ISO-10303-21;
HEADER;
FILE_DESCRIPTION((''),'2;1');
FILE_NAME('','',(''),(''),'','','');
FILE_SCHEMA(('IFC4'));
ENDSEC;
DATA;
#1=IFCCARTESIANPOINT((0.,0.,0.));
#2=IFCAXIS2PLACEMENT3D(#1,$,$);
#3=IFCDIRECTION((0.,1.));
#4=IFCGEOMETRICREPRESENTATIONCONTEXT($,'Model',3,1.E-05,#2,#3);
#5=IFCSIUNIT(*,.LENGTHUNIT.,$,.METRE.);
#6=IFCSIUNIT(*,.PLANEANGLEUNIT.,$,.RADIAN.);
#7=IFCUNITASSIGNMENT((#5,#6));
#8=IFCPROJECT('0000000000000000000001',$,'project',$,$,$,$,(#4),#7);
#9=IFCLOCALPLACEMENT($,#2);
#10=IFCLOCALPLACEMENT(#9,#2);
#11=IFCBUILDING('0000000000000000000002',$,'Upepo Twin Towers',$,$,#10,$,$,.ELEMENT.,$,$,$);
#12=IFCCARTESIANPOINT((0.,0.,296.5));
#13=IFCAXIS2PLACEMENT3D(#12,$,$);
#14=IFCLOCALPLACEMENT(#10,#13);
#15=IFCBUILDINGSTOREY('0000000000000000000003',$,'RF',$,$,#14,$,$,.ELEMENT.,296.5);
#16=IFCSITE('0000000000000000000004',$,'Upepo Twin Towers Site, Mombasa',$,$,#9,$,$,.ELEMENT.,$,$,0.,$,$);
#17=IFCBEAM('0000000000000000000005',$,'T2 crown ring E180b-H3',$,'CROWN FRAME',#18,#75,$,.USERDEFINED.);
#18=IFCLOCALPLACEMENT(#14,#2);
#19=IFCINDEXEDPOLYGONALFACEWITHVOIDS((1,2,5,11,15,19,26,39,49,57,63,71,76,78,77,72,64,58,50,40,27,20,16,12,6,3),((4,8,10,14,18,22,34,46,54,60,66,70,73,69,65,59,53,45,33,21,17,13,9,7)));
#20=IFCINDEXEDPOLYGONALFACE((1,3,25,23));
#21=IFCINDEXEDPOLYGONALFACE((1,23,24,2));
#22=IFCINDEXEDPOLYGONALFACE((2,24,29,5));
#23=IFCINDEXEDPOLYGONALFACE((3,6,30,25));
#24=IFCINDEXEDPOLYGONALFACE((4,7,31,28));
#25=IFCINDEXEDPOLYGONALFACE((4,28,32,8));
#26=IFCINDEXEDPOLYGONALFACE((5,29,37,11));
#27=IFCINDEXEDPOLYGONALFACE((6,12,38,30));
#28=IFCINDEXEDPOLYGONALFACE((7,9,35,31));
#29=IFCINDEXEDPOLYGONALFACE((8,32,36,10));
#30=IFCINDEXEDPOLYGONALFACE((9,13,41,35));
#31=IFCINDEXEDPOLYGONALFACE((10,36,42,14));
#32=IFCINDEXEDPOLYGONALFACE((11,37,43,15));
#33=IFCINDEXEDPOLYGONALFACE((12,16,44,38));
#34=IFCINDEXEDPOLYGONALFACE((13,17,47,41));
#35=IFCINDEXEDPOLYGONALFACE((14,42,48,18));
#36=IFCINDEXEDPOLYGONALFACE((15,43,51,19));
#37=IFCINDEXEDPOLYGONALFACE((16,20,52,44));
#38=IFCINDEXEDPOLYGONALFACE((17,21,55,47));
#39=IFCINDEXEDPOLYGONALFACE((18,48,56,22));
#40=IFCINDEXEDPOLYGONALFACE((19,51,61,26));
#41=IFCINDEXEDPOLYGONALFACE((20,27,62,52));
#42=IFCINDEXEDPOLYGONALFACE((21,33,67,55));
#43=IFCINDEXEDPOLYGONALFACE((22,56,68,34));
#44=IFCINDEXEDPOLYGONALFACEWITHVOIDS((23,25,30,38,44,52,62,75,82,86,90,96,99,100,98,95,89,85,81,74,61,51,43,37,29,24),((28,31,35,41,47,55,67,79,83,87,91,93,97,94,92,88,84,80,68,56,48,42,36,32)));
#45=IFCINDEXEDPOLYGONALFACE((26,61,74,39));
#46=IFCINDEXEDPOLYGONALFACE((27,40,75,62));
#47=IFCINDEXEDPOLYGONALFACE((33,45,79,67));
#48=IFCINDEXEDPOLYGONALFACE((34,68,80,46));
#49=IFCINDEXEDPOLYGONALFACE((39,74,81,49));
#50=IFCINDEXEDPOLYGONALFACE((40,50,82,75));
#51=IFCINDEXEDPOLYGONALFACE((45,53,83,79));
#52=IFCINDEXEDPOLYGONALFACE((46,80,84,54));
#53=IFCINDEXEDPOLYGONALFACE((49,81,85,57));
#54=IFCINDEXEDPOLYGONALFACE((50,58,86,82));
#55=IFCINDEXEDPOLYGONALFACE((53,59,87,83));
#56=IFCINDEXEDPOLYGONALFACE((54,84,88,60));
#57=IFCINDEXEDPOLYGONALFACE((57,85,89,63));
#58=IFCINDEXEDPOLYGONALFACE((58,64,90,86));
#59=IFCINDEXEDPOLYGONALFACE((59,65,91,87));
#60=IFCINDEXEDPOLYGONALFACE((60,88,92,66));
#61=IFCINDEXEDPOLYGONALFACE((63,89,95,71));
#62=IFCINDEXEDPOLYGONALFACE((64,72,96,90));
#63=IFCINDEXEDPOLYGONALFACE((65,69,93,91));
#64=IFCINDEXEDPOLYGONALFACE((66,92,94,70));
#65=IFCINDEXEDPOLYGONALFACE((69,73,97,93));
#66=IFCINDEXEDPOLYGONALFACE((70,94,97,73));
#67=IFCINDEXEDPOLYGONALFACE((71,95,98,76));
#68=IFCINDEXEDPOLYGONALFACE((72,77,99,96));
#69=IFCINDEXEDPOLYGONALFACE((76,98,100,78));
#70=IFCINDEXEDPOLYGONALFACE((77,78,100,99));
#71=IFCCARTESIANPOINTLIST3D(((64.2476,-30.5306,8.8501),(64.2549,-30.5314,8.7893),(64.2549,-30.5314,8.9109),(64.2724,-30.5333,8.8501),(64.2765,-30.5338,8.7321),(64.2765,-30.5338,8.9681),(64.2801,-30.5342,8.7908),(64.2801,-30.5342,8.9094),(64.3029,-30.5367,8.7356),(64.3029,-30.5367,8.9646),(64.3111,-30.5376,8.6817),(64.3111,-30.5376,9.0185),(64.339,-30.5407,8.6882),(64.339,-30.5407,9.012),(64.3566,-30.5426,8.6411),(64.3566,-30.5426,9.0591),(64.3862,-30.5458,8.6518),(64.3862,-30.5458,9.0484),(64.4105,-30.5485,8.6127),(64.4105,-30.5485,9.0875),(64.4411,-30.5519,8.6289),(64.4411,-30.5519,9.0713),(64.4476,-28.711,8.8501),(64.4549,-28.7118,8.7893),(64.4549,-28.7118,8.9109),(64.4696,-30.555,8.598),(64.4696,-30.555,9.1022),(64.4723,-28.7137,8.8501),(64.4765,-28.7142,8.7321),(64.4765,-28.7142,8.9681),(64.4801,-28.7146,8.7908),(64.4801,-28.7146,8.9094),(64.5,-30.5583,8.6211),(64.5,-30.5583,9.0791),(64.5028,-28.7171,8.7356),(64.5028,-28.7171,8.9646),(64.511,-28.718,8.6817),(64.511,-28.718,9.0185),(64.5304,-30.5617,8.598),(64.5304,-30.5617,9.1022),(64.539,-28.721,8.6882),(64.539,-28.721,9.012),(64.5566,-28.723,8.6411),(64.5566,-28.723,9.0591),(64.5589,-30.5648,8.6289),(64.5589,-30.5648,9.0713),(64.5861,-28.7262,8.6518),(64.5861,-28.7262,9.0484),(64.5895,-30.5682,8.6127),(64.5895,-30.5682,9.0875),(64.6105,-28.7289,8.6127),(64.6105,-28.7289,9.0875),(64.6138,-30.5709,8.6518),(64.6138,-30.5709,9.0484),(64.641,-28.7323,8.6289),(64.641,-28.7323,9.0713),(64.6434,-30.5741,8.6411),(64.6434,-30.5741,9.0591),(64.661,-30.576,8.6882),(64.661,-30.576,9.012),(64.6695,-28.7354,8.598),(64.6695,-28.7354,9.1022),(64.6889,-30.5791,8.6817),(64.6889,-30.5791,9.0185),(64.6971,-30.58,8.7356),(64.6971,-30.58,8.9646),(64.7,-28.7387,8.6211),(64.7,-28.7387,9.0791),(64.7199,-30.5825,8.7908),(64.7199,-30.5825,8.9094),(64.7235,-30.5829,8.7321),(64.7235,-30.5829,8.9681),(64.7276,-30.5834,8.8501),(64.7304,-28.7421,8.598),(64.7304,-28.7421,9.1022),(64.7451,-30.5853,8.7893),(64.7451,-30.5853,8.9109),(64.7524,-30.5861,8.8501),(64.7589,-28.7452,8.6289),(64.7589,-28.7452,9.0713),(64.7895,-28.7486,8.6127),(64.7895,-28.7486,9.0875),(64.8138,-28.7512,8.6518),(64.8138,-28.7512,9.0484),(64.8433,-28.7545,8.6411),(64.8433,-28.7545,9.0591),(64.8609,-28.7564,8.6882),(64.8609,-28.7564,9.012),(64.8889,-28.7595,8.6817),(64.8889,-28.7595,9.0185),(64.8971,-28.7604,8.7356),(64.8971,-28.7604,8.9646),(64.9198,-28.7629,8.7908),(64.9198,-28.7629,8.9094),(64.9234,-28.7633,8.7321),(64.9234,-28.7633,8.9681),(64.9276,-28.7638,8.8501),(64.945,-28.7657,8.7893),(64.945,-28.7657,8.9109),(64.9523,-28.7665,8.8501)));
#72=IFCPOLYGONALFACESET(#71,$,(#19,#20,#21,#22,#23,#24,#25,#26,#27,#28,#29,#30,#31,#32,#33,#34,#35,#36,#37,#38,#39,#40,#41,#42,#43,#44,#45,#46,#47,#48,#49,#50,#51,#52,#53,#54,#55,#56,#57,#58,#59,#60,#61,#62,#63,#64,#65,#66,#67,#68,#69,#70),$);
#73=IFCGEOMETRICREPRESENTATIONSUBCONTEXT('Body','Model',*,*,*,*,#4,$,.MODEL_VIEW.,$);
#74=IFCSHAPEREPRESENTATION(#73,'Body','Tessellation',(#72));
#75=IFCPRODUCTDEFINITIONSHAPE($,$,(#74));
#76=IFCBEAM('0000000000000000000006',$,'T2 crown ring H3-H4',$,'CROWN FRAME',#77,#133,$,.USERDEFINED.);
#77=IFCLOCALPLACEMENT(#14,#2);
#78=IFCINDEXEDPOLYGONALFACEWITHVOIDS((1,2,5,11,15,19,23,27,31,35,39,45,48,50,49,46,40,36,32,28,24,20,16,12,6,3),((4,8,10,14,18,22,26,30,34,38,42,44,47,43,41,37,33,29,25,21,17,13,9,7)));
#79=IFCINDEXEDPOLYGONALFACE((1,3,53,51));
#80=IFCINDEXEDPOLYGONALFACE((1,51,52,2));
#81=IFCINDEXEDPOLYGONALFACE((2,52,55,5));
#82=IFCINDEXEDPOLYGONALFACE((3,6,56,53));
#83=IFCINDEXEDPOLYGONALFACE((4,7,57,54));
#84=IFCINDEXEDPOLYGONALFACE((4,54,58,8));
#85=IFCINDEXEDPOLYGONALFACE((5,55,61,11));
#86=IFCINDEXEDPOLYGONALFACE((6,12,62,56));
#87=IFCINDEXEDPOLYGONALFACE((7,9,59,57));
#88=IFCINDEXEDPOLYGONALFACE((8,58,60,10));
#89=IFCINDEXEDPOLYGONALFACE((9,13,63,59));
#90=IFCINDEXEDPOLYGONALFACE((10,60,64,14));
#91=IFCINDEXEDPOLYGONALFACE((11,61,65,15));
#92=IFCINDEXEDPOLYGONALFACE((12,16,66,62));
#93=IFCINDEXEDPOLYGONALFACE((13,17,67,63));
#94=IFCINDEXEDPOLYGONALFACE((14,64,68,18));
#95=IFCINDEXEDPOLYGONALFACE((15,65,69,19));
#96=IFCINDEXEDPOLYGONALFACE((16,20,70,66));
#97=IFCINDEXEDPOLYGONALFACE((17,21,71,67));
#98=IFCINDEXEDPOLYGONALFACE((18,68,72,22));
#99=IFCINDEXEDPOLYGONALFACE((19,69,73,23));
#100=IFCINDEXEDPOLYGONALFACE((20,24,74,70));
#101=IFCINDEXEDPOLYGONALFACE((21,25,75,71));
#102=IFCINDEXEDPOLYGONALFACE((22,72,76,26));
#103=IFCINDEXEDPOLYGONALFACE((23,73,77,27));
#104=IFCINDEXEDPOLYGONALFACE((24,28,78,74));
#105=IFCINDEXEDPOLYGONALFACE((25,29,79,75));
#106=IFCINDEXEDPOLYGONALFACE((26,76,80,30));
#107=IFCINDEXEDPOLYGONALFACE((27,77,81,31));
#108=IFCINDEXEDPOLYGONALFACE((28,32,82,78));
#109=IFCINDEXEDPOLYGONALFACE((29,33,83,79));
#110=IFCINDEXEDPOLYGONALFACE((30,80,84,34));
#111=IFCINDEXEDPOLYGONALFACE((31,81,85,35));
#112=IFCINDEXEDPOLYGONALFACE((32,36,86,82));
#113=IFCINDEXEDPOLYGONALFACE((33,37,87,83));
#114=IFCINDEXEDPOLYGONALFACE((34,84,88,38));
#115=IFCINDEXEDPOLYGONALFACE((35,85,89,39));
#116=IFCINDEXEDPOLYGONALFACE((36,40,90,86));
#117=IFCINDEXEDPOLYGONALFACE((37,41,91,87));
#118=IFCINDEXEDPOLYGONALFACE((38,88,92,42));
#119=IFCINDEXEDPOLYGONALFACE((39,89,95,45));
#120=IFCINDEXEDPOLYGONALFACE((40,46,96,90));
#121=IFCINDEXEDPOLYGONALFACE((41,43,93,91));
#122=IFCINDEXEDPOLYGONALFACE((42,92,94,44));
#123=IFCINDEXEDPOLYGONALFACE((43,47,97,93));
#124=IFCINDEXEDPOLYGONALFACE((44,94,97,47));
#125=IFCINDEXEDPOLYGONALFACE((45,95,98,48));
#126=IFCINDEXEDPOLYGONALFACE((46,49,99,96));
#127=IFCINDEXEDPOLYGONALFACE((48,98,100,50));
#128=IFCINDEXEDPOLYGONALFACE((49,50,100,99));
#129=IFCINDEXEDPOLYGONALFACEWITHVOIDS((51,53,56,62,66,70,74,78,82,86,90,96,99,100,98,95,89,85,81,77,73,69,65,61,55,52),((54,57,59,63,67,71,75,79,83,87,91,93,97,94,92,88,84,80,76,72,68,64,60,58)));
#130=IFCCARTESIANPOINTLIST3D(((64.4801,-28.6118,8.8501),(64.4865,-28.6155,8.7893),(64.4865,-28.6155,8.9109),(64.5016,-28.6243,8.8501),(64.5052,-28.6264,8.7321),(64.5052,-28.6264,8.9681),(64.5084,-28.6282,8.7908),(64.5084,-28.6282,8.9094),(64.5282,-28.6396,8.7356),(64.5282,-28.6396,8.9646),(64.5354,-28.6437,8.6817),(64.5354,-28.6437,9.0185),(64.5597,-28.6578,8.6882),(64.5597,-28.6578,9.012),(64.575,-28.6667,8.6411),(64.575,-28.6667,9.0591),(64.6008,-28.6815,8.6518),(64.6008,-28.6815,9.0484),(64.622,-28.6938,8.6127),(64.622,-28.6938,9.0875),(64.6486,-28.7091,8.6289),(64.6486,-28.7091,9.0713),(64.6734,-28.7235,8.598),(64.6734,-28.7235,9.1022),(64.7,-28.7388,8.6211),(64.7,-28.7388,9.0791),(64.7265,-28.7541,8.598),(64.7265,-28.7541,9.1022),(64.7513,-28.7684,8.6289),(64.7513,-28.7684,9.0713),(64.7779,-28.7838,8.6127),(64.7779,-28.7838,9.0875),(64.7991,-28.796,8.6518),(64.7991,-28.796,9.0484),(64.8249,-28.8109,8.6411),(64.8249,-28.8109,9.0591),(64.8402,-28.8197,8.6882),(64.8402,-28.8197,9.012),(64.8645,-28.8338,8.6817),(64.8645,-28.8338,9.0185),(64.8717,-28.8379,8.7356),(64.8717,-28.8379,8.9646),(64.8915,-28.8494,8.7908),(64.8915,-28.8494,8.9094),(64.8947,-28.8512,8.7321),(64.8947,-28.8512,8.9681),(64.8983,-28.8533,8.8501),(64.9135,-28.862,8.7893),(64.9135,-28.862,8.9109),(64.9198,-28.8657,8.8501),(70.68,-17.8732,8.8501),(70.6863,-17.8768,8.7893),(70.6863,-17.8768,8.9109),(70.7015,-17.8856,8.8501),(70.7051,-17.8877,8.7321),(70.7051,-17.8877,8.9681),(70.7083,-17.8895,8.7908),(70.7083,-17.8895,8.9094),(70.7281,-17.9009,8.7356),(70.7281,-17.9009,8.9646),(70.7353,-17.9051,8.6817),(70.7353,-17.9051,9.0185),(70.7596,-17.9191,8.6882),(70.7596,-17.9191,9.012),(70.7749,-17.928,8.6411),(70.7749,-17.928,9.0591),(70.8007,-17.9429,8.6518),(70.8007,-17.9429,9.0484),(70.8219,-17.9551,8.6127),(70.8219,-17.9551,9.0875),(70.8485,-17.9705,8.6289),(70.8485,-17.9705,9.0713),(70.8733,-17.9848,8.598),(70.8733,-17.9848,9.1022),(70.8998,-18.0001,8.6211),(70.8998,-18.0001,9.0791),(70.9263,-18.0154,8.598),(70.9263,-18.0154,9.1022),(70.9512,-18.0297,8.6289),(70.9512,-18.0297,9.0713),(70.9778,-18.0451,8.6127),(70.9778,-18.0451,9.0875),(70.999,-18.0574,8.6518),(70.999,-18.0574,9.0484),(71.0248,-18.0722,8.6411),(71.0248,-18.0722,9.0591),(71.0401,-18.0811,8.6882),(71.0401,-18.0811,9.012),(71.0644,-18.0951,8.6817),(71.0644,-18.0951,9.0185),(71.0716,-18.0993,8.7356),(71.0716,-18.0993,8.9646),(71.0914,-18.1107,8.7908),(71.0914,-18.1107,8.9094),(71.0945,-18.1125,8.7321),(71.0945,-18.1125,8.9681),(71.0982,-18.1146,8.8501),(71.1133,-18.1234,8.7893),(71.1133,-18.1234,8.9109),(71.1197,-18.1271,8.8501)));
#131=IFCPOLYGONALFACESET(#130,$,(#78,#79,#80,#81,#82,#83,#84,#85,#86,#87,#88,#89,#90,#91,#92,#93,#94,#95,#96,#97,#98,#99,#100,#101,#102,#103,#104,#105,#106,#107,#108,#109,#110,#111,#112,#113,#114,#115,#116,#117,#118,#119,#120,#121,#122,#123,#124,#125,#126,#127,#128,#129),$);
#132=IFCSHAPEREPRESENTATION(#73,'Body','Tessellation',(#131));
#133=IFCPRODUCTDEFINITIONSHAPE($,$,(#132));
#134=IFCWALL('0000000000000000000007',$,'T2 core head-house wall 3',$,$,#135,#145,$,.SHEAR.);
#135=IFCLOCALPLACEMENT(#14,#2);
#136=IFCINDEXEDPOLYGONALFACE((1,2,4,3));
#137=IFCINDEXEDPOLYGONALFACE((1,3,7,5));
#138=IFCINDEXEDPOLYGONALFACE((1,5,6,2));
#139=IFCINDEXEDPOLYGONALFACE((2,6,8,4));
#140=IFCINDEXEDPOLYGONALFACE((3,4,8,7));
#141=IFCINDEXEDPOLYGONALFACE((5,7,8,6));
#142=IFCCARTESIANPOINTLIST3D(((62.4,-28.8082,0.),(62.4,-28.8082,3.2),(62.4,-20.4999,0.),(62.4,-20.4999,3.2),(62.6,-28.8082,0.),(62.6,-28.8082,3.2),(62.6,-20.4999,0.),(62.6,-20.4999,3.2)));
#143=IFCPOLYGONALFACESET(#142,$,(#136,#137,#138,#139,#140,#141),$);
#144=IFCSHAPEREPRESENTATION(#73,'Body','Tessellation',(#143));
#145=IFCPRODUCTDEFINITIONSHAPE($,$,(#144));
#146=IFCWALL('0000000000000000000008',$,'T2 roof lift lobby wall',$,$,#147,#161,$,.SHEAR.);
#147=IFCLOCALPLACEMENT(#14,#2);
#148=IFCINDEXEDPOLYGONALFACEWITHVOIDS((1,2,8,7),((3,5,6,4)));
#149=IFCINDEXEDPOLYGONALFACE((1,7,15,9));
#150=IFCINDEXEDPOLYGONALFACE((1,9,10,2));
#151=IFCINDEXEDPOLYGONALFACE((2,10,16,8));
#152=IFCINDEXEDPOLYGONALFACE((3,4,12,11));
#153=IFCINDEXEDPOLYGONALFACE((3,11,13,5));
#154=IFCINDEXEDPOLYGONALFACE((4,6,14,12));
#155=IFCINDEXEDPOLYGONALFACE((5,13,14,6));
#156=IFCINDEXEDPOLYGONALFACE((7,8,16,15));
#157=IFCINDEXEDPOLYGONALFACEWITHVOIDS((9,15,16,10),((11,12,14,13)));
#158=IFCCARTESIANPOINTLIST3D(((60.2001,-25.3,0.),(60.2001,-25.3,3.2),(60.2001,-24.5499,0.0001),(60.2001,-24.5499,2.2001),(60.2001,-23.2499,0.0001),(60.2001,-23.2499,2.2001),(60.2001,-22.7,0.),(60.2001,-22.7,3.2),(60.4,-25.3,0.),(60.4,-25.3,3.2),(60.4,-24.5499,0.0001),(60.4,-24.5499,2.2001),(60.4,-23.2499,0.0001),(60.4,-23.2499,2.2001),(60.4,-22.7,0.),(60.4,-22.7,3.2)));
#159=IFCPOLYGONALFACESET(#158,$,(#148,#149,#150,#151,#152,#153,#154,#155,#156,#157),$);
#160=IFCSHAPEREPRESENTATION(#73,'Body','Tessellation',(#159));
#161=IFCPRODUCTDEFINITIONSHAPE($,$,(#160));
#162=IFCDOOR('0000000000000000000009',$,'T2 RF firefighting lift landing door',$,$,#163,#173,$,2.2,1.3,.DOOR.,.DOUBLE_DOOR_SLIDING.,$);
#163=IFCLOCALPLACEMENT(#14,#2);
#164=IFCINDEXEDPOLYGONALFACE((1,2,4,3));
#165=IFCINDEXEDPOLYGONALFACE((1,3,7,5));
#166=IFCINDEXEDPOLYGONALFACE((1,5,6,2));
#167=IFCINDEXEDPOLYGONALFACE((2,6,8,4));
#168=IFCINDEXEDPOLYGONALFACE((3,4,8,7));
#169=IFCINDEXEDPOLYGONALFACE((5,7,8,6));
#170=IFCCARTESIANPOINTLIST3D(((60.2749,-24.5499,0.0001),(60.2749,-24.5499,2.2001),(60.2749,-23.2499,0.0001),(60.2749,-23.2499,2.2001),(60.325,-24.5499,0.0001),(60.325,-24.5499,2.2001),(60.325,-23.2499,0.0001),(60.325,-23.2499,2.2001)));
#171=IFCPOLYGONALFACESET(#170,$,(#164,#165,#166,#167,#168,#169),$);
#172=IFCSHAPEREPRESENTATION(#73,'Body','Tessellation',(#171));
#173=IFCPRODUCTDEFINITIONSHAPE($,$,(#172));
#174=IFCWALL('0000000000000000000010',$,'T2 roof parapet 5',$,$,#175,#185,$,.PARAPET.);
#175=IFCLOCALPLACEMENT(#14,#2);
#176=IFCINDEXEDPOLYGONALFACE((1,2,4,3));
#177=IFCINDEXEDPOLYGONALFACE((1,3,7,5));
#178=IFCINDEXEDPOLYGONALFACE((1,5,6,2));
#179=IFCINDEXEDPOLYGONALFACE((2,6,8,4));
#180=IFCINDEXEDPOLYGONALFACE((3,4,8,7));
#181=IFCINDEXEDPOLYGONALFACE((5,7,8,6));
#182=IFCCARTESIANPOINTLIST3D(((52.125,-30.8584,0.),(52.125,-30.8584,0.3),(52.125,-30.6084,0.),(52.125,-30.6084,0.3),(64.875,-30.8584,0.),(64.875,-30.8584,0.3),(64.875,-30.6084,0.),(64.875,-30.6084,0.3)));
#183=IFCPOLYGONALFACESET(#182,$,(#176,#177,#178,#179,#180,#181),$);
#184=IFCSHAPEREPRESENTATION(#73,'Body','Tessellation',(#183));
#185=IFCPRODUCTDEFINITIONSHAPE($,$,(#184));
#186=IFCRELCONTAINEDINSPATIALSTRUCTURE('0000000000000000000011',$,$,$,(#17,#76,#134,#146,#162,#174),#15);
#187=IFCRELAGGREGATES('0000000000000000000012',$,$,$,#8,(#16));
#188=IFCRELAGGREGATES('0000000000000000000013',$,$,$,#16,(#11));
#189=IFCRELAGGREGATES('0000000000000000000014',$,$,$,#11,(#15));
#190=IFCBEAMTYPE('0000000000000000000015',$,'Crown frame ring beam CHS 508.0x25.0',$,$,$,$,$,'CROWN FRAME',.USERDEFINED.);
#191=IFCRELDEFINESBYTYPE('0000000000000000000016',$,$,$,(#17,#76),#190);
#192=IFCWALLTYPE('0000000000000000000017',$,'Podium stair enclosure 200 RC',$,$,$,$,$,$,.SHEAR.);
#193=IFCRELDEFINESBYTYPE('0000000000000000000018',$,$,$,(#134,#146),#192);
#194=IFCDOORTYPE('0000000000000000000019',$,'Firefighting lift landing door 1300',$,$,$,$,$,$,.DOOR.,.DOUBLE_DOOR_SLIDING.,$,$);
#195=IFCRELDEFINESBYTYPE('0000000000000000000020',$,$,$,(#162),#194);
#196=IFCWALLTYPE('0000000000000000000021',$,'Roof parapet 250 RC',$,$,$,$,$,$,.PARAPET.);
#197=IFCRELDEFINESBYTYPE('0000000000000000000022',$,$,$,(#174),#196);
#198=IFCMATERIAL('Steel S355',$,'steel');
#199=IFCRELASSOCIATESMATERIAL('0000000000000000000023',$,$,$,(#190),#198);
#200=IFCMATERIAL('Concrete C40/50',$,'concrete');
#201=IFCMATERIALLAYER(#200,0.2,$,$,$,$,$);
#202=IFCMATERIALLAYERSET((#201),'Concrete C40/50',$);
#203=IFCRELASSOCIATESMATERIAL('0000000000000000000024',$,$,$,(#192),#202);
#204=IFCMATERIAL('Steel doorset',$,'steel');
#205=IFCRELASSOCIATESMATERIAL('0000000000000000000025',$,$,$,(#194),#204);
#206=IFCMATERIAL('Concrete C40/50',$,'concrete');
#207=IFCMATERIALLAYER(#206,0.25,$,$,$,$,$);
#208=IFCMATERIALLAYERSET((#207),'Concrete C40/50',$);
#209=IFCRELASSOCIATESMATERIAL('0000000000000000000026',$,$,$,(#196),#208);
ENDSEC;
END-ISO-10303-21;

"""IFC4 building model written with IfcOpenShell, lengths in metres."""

from ifc_helpers import new_model, si_unit, direction, frame, frame_2d, origin, origin_2d, place, context, subcontext, project, spatial, rectangle, hollow_circle, extrude, material, layer, layer_set, material_profile, profile_set, type_object, element, fill, save


model = new_model("IFC4")

# Units and contexts
model_context = context("Model", 3, precision=1e-05, world=origin(), true_north=direction((0.0, 1.0)))
body_context = subcontext(model_context, "Body", "Model", "MODEL_VIEW")
ifc_project = project(units=[si_unit("LENGTHUNIT", "METRE"), si_unit("PLANEANGLEUNIT", "RADIAN")], contexts=[model_context])

# Site, building, storey
site_placement = place(None, origin())
site = spatial("IfcSite", under=ifc_project, at=site_placement, Name="Upepo Twin Towers Site, Mombasa", CompositionType="ELEMENT", RefElevation=0.0)
building_placement = place(site_placement, origin())
building = spatial("IfcBuilding", under=site, at=building_placement, Name="Upepo Twin Towers", CompositionType="ELEMENT")
storey_placement = place(building_placement, frame((0.0, 0.0, 296.5)))
storey = spatial("IfcBuildingStorey", under=building, at=storey_placement, Name="RF", CompositionType="ELEMENT", Elevation=296.5)

# Beams
ifc_material_1 = material(Name="Steel S355", Category="steel")
ifc_material_profile_1 = material_profile(ifc_material_1, hollow_circle(Radius=0.2539, WallThickness=0.0249, at=origin_2d()), Name="CHS 508.0x25.0")
ifc_profile_set_1 = profile_set([ifc_material_profile_1], Name="Steel S355")
beam_type = type_object("IfcBeamType", Name="Crown frame ring beam CHS 508.0x25.0", ElementType="CROWN FRAME", PredefinedType="USERDEFINED", material=ifc_profile_set_1)
beam_1_placement = place(storey_placement, frame((64.5, -30.5583, 8.8501), z_axis=(0.109231, 0.994016, 0.0), x_axis=(-0.994016, 0.109231, 0.0)))
element("IfcBeam", 1, at=beam_1_placement, inside=storey, type_object=beam_type, Name="T2 crown ring E180b-H3", ObjectType="CROWN FRAME", PredefinedType="USERDEFINED", context=body_context, shape_type="SweptSolid", body=[
    extrude(hollow_circle(Radius=0.2539, WallThickness=0.0249, at=origin_2d()), origin(), (0.0, 0.0, 1.0), 1.8306),
])
beam_2_placement = place(storey_placement, frame((64.7, -28.7388, 8.8501), z_axis=(0.499995, 0.866028, 0.0), x_axis=(-0.866028, 0.499995, 0.0)))
element("IfcBeam", 2, at=beam_2_placement, inside=storey, type_object=beam_type, Name="T2 crown ring H3-H4", ObjectType="CROWN FRAME", PredefinedType="USERDEFINED", context=body_context, shape_type="SweptSolid", body=[
    extrude(hollow_circle(Radius=0.2539, WallThickness=0.0249, at=origin_2d()), origin(), (0.0, 0.0, 1.0), 12.3999),
])

# Wall
ifc_material_2 = material(Name="Concrete C40/50", Category="concrete")
ifc_layer_1 = layer(ifc_material_2, 0.2)
ifc_layer_set_1 = layer_set([ifc_layer_1], Name="Concrete C40/50")
wall_type_1 = type_object("IfcWallType", Name="Podium stair enclosure 200 RC", PredefinedType="SHEAR", material=ifc_layer_set_1)
wall_1_placement = place(storey_placement, frame((62.5, -28.8083, 0.0), z_axis=(0.0, 0.0, 1.0), x_axis=(0.0, 1.0, 0.0)))
element("IfcWall", 3, at=wall_1_placement, inside=storey, type_object=wall_type_1, Name="T2 core head-house wall 3", PredefinedType="SHEAR", context=body_context, shape_type="SweptSolid", body=[
    extrude(rectangle(XDim=8.3083, YDim=0.2, at=frame_2d((4.1543, 0.0))), origin(), (0.0, 0.0, 1.0), 3.2),
])

# Wall, opening, door
wall_2_placement = place(storey_placement, frame((60.3, -22.7, 0.0), z_axis=(0.0, 0.0, 1.0), x_axis=(0.0, -1.0, 0.0)))
wall_2 = element("IfcWall", 4, at=wall_2_placement, inside=storey, type_object=wall_type_1, Name="T2 roof lift lobby wall", PredefinedType="SHEAR", context=body_context, shape_type="SweptSolid", body=[
    extrude(rectangle(XDim=2.6001, YDim=0.2, at=frame_2d((1.3, 0.0))), origin(), (0.0, 0.0, 1.0), 3.2),
])
opening_placement = place(wall_2_placement, frame((0.55, 0.0, 0.0)))
opening = element("IfcOpeningElement", 5, at=opening_placement, cuts=wall_2, PredefinedType="OPENING", context=body_context, shape_type="SweptSolid", body=[
    extrude(rectangle(XDim=1.3, YDim=2.2, at=frame_2d((0.6499, 1.1001))), frame((0.0, 0.1099, 0.0), z_axis=(0.0, -1.0, 0.0), x_axis=(1.0, 0.0, 0.0)), (0.0, 0.0, 1.0), 0.22),
])
ifc_material_3 = material(Name="Steel doorset", Category="steel")
door_type = type_object("IfcDoorType", Name="Firefighting lift landing door 1300", OperationType="DOUBLE_DOOR_SLIDING", PredefinedType="DOOR", material=ifc_material_3)
door_placement = place(opening_placement, origin())
door = element("IfcDoor", 6, at=door_placement, inside=storey, type_object=door_type, Name="T2 RF firefighting lift landing door", OperationType="DOUBLE_DOOR_SLIDING", OverallHeight=2.2, OverallWidth=1.3, PredefinedType="DOOR", context=body_context, shape_type="SweptSolid", body=[
    extrude(rectangle(XDim=1.3, YDim=2.2, at=frame_2d((0.6499, 1.1001))), frame((0.0, 0.0249, 0.0), z_axis=(0.0, -1.0, 0.0), x_axis=(1.0, 0.0, 0.0)), (0.0, 0.0, 1.0), 0.05),
])
fill(opening, door)

# Wall
ifc_material_4 = material(Name="Concrete C40/50", Category="concrete")
ifc_layer_2 = layer(ifc_material_4, 0.25)
ifc_layer_set_2 = layer_set([ifc_layer_2], Name="Concrete C40/50")
wall_type_2 = type_object("IfcWallType", Name="Roof parapet 250 RC", PredefinedType="PARAPET", material=ifc_layer_set_2)
wall_3_placement = place(storey_placement, frame((64.875, -30.7334, 0.0), z_axis=(0.0, 0.0, 1.0), x_axis=(-1.0, 0.0, 0.0)))
element("IfcWall", 7, at=wall_3_placement, inside=storey, type_object=wall_type_2, Name="T2 roof parapet 5", PredefinedType="PARAPET", context=body_context, shape_type="SweptSolid", body=[
    extrude(rectangle(XDim=12.75, YDim=0.25, at=frame_2d((6.375, 0.0))), origin(), (0.0, 0.0, 1.0), 0.3),
])

save(model, "model.ifc")
